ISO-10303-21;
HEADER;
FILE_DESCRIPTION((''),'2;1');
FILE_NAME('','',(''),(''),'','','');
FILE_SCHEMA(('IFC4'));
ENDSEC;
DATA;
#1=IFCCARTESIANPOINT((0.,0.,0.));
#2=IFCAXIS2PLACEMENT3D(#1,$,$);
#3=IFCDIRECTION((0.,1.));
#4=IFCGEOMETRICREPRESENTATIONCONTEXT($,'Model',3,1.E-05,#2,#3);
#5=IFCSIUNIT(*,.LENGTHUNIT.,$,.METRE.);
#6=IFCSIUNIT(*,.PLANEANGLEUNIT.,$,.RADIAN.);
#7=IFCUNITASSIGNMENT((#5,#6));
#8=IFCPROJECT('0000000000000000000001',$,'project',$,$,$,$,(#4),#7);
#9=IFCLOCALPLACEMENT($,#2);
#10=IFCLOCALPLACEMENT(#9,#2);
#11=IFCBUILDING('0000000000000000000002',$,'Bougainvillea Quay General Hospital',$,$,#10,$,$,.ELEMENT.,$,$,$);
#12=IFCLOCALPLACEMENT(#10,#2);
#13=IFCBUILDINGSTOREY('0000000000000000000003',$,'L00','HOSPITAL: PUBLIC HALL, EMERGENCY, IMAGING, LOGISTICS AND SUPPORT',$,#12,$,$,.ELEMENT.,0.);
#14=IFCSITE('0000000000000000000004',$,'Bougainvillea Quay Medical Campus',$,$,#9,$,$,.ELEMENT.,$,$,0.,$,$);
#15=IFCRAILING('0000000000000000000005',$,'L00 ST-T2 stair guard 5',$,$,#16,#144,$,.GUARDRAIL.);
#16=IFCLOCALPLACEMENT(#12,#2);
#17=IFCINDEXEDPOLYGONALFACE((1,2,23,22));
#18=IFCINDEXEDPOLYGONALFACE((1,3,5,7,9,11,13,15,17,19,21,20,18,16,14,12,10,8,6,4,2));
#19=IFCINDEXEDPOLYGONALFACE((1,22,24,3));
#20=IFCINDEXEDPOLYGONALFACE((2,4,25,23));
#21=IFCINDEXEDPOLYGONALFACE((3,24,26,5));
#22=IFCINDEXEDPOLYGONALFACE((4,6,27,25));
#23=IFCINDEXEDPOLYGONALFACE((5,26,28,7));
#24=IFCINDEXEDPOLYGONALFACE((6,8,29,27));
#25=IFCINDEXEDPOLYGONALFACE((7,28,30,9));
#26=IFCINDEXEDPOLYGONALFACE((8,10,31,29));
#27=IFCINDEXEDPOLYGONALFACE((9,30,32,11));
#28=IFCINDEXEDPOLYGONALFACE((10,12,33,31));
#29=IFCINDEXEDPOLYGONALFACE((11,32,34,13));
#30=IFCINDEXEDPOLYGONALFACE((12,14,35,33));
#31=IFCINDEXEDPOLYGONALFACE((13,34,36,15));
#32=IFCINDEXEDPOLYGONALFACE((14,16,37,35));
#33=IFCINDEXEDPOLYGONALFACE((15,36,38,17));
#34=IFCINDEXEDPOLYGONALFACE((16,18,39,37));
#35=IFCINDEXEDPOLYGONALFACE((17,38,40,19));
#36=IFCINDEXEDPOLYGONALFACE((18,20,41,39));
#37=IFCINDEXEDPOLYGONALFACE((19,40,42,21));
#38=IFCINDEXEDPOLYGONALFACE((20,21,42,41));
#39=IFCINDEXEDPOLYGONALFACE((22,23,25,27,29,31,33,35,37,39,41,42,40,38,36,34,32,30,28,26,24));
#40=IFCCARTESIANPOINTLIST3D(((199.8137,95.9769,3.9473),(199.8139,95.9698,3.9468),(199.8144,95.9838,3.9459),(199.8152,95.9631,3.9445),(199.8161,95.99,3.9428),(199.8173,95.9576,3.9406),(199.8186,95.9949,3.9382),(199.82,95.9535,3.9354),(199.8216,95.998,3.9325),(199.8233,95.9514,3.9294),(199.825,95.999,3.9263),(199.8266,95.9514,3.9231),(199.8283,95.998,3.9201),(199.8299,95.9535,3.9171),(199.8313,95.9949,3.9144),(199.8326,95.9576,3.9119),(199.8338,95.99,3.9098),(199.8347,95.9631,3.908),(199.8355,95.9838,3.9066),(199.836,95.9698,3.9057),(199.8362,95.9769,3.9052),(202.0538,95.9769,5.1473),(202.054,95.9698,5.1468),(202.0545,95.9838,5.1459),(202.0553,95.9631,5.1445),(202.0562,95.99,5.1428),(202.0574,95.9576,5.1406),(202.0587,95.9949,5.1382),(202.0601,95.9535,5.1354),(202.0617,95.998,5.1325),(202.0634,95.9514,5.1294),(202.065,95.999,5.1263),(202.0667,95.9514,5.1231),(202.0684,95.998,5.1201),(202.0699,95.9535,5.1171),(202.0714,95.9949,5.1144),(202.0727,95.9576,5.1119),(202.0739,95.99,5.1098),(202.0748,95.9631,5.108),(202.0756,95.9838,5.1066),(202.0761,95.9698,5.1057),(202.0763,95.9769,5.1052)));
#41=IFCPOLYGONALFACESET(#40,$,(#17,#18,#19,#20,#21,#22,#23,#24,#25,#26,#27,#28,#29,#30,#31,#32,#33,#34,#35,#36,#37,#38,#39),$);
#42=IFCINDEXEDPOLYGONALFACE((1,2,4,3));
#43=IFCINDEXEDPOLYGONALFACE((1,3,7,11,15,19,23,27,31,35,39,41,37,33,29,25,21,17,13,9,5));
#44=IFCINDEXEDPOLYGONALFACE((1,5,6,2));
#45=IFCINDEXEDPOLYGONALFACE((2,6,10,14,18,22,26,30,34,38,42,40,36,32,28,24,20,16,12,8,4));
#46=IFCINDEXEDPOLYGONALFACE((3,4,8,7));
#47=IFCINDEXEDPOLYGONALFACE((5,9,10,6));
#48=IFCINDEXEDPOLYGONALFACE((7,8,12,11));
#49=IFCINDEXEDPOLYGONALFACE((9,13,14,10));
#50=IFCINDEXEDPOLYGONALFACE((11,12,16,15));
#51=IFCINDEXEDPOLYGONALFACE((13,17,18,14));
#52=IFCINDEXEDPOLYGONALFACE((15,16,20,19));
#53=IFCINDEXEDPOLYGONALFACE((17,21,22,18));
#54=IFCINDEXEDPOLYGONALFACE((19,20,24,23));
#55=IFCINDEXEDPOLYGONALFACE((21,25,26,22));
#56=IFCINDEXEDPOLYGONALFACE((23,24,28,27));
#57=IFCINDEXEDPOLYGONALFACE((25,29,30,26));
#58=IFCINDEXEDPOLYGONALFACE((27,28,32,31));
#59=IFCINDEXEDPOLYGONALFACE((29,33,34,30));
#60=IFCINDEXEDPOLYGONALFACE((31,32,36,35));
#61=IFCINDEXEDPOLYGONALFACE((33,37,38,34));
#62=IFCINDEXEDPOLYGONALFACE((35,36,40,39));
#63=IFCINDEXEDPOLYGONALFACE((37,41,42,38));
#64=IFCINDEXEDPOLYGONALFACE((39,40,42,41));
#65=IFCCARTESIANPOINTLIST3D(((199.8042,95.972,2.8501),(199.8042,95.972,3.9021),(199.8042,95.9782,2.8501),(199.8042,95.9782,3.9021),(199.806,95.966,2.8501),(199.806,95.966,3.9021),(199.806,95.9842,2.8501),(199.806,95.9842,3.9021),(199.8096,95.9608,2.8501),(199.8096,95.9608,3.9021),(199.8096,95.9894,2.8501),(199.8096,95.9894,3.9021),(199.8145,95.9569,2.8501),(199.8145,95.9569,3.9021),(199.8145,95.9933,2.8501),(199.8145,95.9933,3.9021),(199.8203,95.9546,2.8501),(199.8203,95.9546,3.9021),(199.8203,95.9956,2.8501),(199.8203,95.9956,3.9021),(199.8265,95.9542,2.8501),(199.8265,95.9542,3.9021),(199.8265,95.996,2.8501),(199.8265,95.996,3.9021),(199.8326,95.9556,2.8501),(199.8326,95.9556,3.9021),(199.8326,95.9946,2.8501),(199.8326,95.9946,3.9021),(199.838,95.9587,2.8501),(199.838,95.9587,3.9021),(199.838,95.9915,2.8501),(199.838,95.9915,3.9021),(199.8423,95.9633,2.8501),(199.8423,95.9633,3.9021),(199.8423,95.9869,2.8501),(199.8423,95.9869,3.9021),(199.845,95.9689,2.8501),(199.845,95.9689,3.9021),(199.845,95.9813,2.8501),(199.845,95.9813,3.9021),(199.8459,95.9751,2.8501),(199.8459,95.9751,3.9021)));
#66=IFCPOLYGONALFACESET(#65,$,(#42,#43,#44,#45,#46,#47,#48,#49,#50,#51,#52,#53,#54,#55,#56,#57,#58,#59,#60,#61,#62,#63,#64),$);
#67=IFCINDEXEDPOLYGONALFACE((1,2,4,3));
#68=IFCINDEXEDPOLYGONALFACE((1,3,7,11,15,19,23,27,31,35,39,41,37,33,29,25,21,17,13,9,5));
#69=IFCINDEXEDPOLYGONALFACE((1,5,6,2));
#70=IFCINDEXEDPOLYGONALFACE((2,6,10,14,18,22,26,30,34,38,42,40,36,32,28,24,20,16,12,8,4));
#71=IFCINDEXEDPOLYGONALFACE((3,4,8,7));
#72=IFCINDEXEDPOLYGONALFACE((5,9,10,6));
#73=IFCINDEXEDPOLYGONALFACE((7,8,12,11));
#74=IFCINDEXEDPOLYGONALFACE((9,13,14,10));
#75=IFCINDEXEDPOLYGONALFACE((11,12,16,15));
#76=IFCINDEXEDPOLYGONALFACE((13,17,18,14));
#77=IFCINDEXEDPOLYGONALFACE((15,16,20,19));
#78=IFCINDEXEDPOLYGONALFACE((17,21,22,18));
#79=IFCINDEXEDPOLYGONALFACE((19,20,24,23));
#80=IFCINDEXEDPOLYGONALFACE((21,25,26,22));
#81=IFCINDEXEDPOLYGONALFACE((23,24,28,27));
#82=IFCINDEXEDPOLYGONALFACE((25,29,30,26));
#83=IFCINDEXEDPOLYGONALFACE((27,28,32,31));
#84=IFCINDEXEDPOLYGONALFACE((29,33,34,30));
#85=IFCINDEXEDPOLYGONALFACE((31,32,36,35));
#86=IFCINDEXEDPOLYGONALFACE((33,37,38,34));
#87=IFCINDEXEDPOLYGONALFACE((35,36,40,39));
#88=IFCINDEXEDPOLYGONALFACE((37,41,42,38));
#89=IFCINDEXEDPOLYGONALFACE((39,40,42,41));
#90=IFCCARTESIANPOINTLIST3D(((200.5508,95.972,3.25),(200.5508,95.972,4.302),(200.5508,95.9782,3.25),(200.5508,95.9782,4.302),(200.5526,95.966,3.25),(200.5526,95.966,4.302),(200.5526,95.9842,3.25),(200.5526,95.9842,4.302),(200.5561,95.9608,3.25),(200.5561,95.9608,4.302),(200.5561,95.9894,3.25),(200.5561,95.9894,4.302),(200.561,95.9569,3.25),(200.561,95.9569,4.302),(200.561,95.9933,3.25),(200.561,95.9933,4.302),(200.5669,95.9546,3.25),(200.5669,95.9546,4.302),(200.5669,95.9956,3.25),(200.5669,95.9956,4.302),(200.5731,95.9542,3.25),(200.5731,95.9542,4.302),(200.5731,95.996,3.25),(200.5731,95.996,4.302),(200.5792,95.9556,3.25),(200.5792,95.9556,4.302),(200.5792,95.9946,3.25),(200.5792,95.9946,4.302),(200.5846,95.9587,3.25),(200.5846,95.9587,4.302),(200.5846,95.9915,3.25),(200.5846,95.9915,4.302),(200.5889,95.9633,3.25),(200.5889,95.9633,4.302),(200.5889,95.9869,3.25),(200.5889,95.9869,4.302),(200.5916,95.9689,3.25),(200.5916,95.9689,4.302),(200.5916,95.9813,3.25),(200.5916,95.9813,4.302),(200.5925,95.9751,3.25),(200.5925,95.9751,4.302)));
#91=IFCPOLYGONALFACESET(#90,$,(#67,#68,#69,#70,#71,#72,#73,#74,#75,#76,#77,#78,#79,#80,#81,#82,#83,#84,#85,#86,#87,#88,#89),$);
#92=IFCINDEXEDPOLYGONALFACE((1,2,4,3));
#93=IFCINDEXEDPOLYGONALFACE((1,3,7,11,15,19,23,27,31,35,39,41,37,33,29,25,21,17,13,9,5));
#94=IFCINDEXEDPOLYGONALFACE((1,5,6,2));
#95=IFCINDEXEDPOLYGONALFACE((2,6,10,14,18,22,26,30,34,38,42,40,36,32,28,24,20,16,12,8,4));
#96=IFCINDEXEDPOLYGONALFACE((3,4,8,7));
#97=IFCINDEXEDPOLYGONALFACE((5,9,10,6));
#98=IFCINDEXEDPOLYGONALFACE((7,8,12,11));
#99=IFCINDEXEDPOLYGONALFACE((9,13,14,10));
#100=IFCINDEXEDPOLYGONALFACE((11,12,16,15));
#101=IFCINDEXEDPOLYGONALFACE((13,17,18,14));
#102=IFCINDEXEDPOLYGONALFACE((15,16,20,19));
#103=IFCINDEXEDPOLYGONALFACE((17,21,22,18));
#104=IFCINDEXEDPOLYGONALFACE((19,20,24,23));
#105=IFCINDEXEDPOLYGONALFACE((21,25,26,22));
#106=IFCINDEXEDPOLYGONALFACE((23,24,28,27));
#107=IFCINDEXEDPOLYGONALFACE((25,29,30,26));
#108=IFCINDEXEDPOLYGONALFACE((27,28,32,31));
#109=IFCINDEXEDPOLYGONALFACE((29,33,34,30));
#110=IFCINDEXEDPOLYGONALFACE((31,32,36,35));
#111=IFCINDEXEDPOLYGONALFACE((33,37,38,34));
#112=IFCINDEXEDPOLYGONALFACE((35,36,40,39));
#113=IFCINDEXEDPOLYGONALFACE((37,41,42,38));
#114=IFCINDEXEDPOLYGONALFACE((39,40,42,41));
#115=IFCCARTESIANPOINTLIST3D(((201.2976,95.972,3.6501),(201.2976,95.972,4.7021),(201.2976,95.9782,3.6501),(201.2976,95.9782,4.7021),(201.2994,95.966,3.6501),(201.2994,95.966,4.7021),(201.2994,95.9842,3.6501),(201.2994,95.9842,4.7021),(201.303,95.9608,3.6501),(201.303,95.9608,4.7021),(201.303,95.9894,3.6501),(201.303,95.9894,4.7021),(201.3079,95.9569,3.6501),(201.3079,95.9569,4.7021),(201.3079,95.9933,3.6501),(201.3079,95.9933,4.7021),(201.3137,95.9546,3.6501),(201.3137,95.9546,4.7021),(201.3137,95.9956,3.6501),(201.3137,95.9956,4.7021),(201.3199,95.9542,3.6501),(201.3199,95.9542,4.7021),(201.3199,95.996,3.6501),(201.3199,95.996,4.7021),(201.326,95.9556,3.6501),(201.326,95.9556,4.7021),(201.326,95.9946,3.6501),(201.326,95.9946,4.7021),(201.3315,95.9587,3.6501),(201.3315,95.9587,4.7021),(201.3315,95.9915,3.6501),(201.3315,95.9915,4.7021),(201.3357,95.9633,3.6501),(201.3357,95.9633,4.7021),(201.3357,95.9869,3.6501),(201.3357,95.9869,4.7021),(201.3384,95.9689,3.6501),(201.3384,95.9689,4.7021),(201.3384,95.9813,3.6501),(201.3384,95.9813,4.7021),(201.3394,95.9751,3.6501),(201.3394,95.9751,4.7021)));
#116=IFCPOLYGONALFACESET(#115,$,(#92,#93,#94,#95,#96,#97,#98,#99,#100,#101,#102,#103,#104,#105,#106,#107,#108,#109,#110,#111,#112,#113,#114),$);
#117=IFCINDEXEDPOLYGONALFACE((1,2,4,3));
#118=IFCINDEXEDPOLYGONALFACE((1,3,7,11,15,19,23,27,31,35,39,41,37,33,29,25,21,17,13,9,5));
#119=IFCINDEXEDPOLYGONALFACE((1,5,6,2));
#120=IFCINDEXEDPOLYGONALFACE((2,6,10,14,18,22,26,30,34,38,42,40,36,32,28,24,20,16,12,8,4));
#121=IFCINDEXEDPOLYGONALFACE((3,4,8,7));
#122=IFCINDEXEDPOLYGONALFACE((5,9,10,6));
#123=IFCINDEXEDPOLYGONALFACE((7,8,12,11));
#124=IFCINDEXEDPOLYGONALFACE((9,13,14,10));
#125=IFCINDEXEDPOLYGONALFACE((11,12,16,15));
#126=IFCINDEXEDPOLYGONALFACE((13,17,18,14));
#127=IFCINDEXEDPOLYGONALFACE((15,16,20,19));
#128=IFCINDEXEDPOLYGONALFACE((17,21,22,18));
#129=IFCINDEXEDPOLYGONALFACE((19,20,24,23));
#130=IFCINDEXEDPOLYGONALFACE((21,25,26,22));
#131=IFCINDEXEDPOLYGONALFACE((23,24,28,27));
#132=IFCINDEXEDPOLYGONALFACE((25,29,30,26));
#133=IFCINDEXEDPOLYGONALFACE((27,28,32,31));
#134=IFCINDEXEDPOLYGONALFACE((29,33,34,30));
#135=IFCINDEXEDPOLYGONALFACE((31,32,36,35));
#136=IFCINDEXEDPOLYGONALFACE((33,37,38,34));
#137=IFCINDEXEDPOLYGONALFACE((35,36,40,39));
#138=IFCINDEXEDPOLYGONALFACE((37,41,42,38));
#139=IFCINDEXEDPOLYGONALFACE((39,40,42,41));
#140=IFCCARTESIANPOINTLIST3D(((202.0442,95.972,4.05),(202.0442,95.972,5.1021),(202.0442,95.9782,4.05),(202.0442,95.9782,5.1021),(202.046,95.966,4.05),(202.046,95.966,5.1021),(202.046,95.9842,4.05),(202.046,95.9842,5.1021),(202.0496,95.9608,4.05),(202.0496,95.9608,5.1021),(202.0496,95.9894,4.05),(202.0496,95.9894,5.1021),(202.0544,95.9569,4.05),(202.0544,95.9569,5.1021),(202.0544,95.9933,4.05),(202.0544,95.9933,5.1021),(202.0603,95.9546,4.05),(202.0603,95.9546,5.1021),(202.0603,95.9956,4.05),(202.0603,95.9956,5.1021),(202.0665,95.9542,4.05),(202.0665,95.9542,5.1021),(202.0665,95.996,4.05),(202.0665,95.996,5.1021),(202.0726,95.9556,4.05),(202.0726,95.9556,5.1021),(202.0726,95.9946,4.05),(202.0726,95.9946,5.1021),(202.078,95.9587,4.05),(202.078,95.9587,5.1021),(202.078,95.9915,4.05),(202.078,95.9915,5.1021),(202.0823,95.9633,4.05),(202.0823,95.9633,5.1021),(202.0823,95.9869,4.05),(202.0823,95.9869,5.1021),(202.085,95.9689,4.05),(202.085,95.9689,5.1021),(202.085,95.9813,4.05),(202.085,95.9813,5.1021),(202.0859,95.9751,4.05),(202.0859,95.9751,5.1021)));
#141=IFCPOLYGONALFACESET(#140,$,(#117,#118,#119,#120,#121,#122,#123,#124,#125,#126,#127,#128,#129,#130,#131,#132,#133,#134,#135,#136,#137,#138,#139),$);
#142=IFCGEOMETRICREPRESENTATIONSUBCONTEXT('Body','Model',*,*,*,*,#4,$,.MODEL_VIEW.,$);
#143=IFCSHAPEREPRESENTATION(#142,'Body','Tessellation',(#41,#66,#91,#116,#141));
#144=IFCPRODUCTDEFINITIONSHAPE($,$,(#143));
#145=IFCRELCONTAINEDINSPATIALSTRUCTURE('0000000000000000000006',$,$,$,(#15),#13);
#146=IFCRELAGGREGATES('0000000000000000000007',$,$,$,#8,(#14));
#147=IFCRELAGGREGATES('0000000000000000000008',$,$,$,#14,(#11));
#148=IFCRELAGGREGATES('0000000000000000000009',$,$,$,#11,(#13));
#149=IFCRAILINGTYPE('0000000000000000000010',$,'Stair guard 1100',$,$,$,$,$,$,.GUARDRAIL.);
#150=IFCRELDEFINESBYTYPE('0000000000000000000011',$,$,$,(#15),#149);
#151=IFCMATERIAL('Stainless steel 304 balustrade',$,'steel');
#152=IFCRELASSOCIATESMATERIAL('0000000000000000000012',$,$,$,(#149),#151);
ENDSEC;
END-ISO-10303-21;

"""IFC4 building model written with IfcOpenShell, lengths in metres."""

from ifc_helpers import new_model, si_unit, direction, frame, origin, origin_2d, place, context, subcontext, project, spatial, circle, extrude, material, type_object, element, save


model = new_model("IFC4")

# Units and contexts
model_context = context("Model", 3, precision=1e-05, world=origin(), true_north=direction((0.0, 1.0)))
body_context = subcontext(model_context, "Body", "Model", "MODEL_VIEW")
ifc_project = project(units=[si_unit("LENGTHUNIT", "METRE"), si_unit("PLANEANGLEUNIT", "RADIAN")], contexts=[model_context])

# Site, building, storey
site_placement = place(None, origin())
site = spatial("IfcSite", under=ifc_project, at=site_placement, Name="Bougainvillea Quay Medical Campus", CompositionType="ELEMENT", RefElevation=0.0)
building_placement = place(site_placement, origin())
building = spatial("IfcBuilding", under=site, at=building_placement, Name="Bougainvillea Quay General Hospital", CompositionType="ELEMENT")
storey_placement = place(building_placement, origin())
storey = spatial("IfcBuildingStorey", under=building, at=storey_placement, Name="L00", Description="HOSPITAL: PUBLIC HALL, EMERGENCY, IMAGING, LOGISTICS AND SUPPORT", CompositionType="ELEMENT", Elevation=0.0)

# Railing
ifc_material_1 = material(Name="Stainless steel 304 balustrade", Category="steel")
railing_type_1 = type_object("IfcRailingType", Name="Stair guard 1100", PredefinedType="GUARDRAIL", material=ifc_material_1)
railing_1_placement = place(storey_placement, frame((199.825, 95.9751, 2.8501)))
element("IfcRailing", 1, at=railing_1_placement, inside=storey, type_object=railing_type_1, Name="L00 ST-T2 stair guard 5", PredefinedType="GUARDRAIL", context=body_context, shape_type="SweptSolid", body=[
    extrude(circle(Radius=0.0239, at=origin_2d()), frame((0.0, 0.0, 1.0762), z_axis=(0.881487, 0.0, 0.472208), x_axis=(0.0, 1.0, 0.0)), (0.0, 0.0, 1.0), 2.5413),
    extrude(circle(Radius=0.021, at=origin_2d()), origin(), (0.0, 0.0, 1.0), 1.052),
    extrude(circle(Radius=0.021, at=origin_2d()), frame((0.7466, 0.0, 0.3999)), (0.0, 0.0, 1.0), 1.052),
    extrude(circle(Radius=0.021, at=origin_2d()), frame((1.4934, 0.0, 0.8)), (0.0, 0.0, 1.0), 1.052),
    extrude(circle(Radius=0.021, at=origin_2d()), frame((2.24, 0.0, 1.2)), (0.0, 0.0, 1.0), 1.052),
])

save(model, "model.ifc")
